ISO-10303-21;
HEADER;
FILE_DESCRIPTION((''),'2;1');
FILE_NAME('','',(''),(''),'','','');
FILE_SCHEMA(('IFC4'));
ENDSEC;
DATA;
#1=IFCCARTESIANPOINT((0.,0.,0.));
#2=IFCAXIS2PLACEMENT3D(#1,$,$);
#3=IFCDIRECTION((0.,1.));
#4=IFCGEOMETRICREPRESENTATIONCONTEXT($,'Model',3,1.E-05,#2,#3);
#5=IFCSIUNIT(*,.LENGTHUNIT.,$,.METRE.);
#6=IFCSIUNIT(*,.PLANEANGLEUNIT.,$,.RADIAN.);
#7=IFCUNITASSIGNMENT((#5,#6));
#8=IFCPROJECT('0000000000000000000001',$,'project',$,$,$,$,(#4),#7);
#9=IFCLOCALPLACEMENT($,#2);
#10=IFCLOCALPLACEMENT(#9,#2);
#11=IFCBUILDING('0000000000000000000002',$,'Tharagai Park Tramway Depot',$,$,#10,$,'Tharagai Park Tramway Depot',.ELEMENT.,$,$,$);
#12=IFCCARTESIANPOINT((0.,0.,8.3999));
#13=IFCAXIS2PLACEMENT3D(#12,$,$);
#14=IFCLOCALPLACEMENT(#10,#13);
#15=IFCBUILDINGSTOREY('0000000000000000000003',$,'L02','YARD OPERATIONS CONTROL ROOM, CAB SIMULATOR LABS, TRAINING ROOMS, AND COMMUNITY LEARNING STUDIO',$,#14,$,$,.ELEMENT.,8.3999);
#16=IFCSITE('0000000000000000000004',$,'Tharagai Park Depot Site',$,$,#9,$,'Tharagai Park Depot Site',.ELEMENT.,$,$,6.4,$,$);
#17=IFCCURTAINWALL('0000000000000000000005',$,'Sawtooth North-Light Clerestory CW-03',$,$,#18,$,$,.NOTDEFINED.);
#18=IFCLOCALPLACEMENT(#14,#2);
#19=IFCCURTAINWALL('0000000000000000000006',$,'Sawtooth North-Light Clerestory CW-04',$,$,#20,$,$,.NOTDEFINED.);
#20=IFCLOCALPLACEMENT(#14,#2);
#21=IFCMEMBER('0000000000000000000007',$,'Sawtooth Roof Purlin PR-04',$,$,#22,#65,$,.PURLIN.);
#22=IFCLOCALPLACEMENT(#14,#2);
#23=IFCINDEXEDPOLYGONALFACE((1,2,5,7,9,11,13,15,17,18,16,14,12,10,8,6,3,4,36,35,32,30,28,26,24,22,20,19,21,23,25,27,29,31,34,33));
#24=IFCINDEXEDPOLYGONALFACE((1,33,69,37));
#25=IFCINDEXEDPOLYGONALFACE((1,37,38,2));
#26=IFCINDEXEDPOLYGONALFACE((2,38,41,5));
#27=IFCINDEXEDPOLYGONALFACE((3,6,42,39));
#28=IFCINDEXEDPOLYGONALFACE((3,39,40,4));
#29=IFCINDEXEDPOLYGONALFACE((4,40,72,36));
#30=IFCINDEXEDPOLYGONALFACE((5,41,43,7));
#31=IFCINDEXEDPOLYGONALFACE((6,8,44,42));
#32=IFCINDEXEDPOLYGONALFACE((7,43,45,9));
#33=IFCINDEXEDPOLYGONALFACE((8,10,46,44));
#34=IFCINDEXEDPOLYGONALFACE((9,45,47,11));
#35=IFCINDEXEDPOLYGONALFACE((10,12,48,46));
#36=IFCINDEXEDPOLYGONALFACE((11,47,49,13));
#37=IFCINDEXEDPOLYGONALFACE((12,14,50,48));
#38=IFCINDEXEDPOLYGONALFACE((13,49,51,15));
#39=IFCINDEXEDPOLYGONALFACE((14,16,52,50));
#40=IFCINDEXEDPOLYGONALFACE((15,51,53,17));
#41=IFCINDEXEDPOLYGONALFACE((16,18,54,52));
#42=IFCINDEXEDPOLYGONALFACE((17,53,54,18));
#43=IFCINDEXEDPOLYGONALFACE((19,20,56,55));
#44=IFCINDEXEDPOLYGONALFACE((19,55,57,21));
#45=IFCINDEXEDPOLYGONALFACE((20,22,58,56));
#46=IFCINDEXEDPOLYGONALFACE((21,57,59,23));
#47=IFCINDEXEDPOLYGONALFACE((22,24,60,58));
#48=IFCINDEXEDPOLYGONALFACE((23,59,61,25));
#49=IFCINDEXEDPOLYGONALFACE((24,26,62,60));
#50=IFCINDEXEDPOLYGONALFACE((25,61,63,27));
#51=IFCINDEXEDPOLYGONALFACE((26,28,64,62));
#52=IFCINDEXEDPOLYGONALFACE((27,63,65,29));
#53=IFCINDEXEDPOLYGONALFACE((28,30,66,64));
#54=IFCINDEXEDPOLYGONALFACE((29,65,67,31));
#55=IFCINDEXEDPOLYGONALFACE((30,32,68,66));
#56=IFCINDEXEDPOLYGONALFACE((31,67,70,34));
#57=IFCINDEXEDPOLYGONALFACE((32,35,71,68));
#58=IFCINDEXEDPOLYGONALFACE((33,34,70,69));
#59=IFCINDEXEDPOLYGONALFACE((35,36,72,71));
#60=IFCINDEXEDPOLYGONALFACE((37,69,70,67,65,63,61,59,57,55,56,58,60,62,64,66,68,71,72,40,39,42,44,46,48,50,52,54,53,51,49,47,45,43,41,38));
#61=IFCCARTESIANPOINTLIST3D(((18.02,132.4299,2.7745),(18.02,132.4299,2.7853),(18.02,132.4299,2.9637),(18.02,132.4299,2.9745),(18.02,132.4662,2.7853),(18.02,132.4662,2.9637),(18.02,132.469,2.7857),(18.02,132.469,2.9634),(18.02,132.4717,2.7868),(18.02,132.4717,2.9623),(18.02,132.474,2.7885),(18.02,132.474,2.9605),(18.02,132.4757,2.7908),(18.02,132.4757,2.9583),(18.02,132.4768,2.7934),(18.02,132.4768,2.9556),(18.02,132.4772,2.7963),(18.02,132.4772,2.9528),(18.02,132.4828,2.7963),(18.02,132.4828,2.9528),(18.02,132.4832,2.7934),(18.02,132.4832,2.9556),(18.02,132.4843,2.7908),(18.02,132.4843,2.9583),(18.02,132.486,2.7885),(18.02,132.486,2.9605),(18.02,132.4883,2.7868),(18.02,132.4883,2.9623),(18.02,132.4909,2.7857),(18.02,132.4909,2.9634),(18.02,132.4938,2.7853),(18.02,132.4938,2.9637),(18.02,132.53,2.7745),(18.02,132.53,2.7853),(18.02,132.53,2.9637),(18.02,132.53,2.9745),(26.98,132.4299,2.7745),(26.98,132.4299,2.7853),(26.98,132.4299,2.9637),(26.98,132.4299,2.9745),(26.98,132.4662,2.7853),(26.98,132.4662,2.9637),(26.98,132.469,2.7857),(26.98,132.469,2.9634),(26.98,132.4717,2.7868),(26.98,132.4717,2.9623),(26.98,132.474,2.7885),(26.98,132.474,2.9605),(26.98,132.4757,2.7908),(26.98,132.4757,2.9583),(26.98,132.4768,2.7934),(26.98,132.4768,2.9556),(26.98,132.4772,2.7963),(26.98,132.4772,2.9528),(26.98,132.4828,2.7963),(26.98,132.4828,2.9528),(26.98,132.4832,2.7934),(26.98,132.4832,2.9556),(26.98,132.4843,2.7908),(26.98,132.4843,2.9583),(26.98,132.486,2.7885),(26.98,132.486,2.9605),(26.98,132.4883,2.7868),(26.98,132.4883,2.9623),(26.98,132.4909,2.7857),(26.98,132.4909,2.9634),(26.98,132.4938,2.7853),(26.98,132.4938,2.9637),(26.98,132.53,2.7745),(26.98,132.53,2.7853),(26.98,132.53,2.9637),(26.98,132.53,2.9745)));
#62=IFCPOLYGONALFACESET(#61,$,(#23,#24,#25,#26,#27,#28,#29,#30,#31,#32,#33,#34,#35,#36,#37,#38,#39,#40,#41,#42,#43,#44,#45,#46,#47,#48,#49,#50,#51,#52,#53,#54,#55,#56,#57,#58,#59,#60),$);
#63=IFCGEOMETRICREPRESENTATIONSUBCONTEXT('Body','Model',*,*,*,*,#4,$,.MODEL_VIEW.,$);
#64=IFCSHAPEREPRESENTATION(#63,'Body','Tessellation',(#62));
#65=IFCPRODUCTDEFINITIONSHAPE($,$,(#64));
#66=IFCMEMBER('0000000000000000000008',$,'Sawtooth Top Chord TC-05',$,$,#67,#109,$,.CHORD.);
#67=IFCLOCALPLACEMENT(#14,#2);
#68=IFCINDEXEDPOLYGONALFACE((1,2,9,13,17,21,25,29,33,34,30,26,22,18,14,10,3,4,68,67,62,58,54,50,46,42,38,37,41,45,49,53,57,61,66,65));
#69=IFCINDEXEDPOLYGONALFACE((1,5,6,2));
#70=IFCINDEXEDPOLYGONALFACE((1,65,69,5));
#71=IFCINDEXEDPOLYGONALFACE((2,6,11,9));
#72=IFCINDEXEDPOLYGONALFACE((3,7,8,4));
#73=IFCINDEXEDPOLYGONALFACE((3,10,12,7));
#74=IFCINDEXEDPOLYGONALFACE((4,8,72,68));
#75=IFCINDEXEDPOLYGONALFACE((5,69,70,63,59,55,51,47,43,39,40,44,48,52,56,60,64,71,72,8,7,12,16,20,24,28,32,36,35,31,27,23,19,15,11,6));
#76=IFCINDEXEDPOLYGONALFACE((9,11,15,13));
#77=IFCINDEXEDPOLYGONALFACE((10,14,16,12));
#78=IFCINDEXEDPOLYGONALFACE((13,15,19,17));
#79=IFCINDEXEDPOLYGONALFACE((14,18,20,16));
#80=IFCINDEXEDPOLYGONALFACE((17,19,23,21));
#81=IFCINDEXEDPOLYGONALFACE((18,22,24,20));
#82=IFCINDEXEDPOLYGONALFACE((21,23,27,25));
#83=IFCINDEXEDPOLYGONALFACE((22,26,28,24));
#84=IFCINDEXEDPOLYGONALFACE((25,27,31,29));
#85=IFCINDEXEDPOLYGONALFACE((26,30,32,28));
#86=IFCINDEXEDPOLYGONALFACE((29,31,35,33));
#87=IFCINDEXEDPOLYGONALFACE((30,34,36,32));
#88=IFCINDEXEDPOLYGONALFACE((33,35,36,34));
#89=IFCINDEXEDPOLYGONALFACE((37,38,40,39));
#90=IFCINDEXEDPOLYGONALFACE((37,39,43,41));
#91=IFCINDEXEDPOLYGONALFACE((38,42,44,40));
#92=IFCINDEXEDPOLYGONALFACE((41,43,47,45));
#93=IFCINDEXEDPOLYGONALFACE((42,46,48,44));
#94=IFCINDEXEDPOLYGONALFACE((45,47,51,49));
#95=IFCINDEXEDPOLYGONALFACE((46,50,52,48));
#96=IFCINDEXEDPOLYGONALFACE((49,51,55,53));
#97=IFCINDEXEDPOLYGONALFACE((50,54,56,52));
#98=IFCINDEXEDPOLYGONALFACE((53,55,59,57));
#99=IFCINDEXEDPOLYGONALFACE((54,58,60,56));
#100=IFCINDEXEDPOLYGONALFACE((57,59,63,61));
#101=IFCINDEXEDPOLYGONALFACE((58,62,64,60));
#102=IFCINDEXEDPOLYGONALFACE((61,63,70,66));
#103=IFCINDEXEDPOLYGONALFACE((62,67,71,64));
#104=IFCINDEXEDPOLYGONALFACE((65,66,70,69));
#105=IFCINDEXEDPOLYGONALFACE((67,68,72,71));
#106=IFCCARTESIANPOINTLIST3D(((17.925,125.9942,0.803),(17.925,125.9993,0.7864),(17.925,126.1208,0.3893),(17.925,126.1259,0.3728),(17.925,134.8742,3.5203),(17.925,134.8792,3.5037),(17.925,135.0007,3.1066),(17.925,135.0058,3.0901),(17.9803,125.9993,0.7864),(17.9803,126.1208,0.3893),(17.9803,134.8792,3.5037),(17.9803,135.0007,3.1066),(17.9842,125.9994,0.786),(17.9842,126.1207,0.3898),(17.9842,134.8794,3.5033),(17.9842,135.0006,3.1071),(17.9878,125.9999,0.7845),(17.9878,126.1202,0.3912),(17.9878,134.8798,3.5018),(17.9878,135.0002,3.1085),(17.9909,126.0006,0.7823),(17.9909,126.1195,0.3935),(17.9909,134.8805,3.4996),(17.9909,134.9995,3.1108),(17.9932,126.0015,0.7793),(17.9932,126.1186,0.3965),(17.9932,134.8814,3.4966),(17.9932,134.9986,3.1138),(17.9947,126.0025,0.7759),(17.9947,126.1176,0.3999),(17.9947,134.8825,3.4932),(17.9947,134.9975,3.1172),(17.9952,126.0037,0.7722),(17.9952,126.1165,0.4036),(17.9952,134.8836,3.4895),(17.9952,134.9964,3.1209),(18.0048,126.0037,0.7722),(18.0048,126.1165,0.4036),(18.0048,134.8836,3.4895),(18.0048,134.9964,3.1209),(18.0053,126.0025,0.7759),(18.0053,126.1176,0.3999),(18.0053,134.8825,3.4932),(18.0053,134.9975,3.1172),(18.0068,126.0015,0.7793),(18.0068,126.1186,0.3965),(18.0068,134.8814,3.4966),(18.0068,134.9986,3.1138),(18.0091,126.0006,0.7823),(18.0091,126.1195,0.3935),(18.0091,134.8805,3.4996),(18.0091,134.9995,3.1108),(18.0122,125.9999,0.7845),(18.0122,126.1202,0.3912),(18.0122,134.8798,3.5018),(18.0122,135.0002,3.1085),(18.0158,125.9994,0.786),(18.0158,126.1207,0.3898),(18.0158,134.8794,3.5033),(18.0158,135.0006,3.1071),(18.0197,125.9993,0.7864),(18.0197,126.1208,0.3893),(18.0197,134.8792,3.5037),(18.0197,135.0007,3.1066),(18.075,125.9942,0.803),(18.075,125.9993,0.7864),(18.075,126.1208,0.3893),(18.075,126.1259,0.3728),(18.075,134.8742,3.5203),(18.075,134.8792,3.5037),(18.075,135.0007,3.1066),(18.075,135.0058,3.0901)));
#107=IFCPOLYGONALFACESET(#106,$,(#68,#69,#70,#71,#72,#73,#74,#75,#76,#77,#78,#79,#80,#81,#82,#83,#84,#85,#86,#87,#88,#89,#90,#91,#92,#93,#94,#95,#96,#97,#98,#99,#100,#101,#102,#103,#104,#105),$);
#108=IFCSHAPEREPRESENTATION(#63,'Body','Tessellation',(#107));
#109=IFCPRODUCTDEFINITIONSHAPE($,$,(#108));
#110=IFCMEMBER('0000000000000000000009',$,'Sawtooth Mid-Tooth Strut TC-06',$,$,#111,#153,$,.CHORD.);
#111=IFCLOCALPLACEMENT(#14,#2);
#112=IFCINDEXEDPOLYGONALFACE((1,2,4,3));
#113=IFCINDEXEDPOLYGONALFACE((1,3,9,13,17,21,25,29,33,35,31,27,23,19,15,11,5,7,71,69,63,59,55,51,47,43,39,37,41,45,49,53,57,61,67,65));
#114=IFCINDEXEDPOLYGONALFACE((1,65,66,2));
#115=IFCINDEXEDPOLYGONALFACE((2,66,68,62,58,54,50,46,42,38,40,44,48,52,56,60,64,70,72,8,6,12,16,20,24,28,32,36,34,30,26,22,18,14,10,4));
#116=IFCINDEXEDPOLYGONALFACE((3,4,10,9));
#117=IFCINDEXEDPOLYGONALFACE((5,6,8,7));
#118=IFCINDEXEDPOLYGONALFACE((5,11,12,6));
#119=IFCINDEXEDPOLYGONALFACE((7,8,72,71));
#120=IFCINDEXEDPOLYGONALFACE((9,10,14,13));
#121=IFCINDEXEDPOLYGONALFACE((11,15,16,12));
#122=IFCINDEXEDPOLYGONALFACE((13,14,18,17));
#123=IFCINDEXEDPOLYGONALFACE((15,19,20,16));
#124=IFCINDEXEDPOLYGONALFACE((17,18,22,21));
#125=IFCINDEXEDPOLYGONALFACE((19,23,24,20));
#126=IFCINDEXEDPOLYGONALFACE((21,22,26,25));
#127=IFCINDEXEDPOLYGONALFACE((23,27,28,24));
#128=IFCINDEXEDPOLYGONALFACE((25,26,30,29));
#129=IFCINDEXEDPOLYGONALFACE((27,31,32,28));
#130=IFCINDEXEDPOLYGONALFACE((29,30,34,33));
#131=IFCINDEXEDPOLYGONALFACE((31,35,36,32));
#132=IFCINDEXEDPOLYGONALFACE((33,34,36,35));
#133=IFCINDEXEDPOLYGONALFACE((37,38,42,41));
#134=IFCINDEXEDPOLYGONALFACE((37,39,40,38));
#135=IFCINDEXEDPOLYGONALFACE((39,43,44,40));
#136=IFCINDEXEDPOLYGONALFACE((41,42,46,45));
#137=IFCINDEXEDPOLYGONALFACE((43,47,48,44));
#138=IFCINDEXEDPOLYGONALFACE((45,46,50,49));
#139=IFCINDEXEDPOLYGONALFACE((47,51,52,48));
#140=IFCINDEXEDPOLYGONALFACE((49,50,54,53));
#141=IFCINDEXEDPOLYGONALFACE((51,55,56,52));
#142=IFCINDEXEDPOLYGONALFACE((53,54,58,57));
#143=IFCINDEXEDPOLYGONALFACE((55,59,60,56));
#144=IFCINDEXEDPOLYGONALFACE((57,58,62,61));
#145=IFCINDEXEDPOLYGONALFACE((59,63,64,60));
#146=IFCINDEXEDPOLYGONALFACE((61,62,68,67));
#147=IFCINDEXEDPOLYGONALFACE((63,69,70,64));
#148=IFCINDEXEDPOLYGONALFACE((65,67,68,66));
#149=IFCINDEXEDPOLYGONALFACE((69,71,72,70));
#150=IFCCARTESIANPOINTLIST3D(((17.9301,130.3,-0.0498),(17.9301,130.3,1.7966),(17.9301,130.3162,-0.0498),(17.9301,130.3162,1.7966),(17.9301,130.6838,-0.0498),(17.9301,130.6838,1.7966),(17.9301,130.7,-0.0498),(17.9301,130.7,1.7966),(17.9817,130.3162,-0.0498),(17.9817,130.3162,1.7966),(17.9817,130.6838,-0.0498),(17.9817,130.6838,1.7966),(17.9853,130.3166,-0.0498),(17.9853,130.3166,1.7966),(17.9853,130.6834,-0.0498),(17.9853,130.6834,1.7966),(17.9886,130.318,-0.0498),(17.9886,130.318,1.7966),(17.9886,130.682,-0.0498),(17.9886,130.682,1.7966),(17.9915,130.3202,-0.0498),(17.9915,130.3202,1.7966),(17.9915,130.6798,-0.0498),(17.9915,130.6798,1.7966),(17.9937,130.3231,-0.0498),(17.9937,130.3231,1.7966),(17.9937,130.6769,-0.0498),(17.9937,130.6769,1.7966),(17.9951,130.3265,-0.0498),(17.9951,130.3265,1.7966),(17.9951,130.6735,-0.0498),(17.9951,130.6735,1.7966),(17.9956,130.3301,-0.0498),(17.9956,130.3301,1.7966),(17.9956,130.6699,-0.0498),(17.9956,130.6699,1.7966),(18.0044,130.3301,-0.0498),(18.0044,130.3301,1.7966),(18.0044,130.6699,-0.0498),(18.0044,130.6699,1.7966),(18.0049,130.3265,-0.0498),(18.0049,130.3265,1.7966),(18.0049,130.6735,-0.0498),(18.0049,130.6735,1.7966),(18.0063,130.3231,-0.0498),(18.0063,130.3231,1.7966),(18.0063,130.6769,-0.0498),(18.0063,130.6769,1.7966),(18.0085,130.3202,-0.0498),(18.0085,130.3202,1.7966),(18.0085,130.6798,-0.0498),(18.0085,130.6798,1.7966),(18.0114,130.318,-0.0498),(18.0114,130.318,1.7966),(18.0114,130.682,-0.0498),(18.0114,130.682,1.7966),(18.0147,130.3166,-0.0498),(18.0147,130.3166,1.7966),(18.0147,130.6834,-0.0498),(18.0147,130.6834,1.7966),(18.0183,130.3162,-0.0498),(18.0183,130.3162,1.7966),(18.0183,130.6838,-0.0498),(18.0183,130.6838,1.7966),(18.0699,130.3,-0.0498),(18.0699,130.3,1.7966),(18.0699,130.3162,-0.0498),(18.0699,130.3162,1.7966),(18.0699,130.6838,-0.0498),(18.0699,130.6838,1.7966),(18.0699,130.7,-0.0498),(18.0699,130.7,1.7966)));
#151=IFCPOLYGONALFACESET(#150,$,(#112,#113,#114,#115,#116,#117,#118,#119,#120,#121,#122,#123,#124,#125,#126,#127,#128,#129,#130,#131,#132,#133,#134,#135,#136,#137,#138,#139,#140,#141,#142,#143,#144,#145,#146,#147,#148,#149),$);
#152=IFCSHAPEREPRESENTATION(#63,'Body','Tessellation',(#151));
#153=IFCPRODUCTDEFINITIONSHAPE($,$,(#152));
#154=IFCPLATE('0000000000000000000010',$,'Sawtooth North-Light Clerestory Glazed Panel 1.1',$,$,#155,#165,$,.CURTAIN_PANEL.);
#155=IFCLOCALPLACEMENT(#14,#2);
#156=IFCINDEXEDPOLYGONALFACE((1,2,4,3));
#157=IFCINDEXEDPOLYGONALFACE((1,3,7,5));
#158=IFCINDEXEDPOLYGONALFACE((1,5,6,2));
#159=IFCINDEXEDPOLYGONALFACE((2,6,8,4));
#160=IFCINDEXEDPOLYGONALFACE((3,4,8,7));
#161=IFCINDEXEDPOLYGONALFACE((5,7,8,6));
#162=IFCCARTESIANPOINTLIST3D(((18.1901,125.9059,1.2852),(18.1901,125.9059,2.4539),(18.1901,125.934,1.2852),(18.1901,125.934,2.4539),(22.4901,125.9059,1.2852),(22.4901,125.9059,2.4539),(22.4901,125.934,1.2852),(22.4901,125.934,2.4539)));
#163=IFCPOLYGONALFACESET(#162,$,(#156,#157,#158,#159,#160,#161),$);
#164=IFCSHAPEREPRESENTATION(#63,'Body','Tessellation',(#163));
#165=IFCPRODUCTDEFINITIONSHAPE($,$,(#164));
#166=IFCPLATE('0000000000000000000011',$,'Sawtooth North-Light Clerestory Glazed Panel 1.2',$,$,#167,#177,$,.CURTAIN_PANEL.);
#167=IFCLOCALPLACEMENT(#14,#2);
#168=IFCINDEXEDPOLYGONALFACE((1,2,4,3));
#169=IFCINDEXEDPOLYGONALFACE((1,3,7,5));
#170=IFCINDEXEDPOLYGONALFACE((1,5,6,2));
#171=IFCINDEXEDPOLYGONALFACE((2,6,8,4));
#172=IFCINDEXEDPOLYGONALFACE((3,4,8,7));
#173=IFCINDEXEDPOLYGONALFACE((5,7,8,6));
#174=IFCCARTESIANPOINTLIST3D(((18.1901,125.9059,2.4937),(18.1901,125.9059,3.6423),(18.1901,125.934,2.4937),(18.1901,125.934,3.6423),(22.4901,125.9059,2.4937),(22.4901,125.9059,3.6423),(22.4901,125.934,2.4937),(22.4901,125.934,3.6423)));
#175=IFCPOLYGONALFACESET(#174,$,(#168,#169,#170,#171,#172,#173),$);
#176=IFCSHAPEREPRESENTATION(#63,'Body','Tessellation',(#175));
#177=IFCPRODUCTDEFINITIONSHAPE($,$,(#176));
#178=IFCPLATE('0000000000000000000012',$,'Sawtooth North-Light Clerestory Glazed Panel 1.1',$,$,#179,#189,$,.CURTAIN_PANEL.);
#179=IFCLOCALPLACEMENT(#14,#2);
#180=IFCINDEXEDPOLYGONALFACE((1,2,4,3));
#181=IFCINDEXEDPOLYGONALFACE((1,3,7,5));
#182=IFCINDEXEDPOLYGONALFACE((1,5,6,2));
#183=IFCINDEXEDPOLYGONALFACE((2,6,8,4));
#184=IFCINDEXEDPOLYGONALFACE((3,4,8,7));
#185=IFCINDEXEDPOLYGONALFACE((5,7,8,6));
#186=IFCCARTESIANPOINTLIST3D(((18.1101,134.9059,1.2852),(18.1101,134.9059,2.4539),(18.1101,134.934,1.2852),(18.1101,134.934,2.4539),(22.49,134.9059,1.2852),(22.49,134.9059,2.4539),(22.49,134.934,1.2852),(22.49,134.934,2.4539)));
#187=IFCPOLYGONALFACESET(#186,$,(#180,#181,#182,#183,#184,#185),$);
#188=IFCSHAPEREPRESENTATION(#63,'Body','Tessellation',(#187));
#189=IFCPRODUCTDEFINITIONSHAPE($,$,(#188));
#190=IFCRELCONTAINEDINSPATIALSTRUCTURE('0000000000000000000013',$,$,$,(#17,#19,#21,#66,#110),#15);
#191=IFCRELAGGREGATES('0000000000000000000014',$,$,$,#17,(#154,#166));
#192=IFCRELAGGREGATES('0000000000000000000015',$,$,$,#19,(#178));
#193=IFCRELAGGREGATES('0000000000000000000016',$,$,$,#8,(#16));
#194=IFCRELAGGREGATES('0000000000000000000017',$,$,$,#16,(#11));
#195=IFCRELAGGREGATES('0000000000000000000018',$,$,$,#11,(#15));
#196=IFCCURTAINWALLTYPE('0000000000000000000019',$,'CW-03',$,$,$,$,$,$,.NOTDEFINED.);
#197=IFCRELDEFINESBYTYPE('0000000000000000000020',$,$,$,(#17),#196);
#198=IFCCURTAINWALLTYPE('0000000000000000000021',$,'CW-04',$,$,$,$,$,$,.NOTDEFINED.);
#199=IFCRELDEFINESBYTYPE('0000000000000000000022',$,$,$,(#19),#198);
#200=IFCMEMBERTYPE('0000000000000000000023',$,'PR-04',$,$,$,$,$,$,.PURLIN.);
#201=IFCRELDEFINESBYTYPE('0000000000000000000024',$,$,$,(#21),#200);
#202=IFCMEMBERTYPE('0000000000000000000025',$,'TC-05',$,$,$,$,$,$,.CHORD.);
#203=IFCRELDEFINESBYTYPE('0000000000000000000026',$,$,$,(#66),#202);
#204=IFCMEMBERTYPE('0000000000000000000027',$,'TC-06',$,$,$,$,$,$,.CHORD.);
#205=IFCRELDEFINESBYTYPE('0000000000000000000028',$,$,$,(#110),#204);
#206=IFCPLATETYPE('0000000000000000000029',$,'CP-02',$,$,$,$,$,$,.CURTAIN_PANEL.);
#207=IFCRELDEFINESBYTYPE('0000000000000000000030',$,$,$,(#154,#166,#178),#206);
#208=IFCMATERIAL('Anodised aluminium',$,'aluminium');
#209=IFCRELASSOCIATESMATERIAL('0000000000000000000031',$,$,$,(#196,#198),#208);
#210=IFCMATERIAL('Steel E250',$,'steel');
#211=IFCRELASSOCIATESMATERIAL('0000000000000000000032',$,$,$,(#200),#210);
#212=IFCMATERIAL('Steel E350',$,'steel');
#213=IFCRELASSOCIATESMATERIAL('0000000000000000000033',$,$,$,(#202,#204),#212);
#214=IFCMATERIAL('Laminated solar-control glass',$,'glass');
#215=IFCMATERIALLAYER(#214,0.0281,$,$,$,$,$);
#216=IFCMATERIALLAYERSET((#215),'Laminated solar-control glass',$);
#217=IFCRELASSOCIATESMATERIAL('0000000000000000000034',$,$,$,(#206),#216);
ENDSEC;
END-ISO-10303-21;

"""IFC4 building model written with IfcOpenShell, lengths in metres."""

from ifc_helpers import new_model, si_unit, direction, frame, origin, origin_2d, place, context, subcontext, project, spatial, rectangle, i_section, extrude, material, layer, layer_set, material_profile, profile_set, type_object, element, aggregate, save


model = new_model("IFC4")

# Units and contexts
model_context = context("Model", 3, precision=1e-05, world=origin(), true_north=direction((0.0, 1.0)))
body_context = subcontext(model_context, "Body", "Model", "MODEL_VIEW")
ifc_project = project(units=[si_unit("LENGTHUNIT", "METRE"), si_unit("PLANEANGLEUNIT", "RADIAN")], contexts=[model_context])

# Site, building, storey
site_placement = place(None, origin())
site = spatial("IfcSite", under=ifc_project, at=site_placement, Name="Tharagai Park Depot Site", LongName="Tharagai Park Depot Site", CompositionType="ELEMENT", RefElevation=6.4)
building_placement = place(site_placement, origin())
building = spatial("IfcBuilding", under=site, at=building_placement, Name="Tharagai Park Tramway Depot", LongName="Tharagai Park Tramway Depot", CompositionType="ELEMENT")
storey_placement = place(building_placement, frame((0.0, 0.0, 8.3999)))
storey = spatial("IfcBuildingStorey", under=building, at=storey_placement, Name="L02", Description="YARD OPERATIONS CONTROL ROOM, CAB SIMULATOR LABS, TRAINING ROOMS, AND COMMUNITY LEARNING STUDIO", CompositionType="ELEMENT", Elevation=8.3999)

# Shared definitions
ifc_material_1 = material(Name="Steel E350", Category="steel")

# Curtain walls
ifc_material_2 = material(Name="Anodised aluminium", Category="aluminium")
curtain_wall_type_1 = type_object("IfcCurtainWallType", Name="CW-03", PredefinedType="NOTDEFINED", material=ifc_material_2)
curtain_wall_1_placement = place(storey_placement, origin())
curtain_wall_1 = element("IfcCurtainWall", 1, at=curtain_wall_1_placement, inside=storey, type_object=curtain_wall_type_1, Name="Sawtooth North-Light Clerestory CW-03", PredefinedType="NOTDEFINED")
curtain_wall_type_2 = type_object("IfcCurtainWallType", Name="CW-04", PredefinedType="NOTDEFINED", material=ifc_material_2)
curtain_wall_2_placement = place(storey_placement, origin())
curtain_wall_2 = element("IfcCurtainWall", 2, at=curtain_wall_2_placement, inside=storey, type_object=curtain_wall_type_2, Name="Sawtooth North-Light Clerestory CW-04", PredefinedType="NOTDEFINED")

# Members
ifc_material_3 = material(Name="Steel E250", Category="steel")
ifc_material_profile_1 = material_profile(ifc_material_3, i_section(OverallWidth=0.1001, OverallDepth=0.2, WebThickness=0.0056, FlangeThickness=0.0107, FilletRadius=0.011, at=origin_2d()), Name="ISMB 200")
ifc_profile_set_1 = profile_set([ifc_material_profile_1], Name="Steel E250")
member_type_1 = type_object("IfcMemberType", Name="PR-04", PredefinedType="PURLIN", material=ifc_profile_set_1)
for number, where, z_axis, x_axis, name in (
    (3, (18.02, 132.48, 2.8745), (1.0, 0.0, 0.0), (0.0, 1.0, 0.0), "Sawtooth Roof Purlin PR-04"),
):
    element("IfcMember", number, at=place(storey_placement, frame(where, z_axis=z_axis, x_axis=x_axis)), inside=storey, type_object=member_type_1, Name=name, PredefinedType="PURLIN", context=body_context, shape_type="SweptSolid", body=[
        extrude(i_section(OverallWidth=0.1001, OverallDepth=0.2, WebThickness=0.0056, FlangeThickness=0.0107, FilletRadius=0.011, at=origin_2d()), origin(), (0.0, 0.0, 1.0), 8.96),
    ])
ifc_material_profile_2 = material_profile(ifc_material_1, i_section(OverallWidth=0.1499, OverallDepth=0.45, WebThickness=0.0095, FlangeThickness=0.0173, FilletRadius=0.0149, at=origin_2d()), Name="ISMB 450")
ifc_profile_set_2 = profile_set([ifc_material_profile_2], Name="Steel E350")
member_type_2 = type_object("IfcMemberType", Name="TC-05", PredefinedType="CHORD", material=ifc_profile_set_2)
member_1_placement = place(storey_placement, frame((18.0, 126.0601, 0.5879), z_axis=(0.0, 0.956231, 0.292611), x_axis=(-1.0, 0.0, 0.0)))
element("IfcMember", 4, at=member_1_placement, inside=storey, type_object=member_type_2, Name="Sawtooth Top Chord TC-05", PredefinedType="CHORD", context=body_context, shape_type="SweptSolid", body=[
    extrude(i_section(OverallWidth=0.1499, OverallDepth=0.45, WebThickness=0.0095, FlangeThickness=0.0173, FilletRadius=0.0149, at=origin_2d()), origin(), (0.0, 0.0, 1.0), 9.2864),
])
ifc_material_profile_3 = material_profile(ifc_material_1, i_section(OverallWidth=0.1399, OverallDepth=0.3999, WebThickness=0.0088, FlangeThickness=0.0161, FilletRadius=0.0139, at=origin_2d()), Name="ISMB 400")
ifc_profile_set_3 = profile_set([ifc_material_profile_3], Name="Steel E350")
member_type_3 = type_object("IfcMemberType", Name="TC-06", PredefinedType="CHORD", material=ifc_profile_set_3)
member_2_placement = place(storey_placement, frame((18.0, 130.5, -0.0498), z_axis=(0.0, 0.0, 1.0), x_axis=(1.0, 0.0, 0.0)))
element("IfcMember", 5, at=member_2_placement, inside=storey, type_object=member_type_3, Name="Sawtooth Mid-Tooth Strut TC-06", PredefinedType="CHORD", context=body_context, shape_type="SweptSolid", body=[
    extrude(i_section(OverallWidth=0.1399, OverallDepth=0.3999, WebThickness=0.0088, FlangeThickness=0.0161, FilletRadius=0.0139, at=origin_2d()), origin(), (0.0, 0.0, 1.0), 1.8464),
])

# Plates
ifc_material_4 = material(Name="Laminated solar-control glass", Category="glass")
ifc_layer = layer(ifc_material_4, 0.0281)
ifc_layer_set = layer_set([ifc_layer], Name="Laminated solar-control glass")
plate_type = type_object("IfcPlateType", Name="CP-02", PredefinedType="CURTAIN_PANEL", material=ifc_layer_set)
plate_1_placement = place(storey_placement, frame((20.3401, 125.9199, 1.2852), z_axis=(0.0, 0.0, 1.0), x_axis=(1.0, 0.0, 0.0)))
plate_1 = element("IfcPlate", 6, at=plate_1_placement, type_object=plate_type, Name="Sawtooth North-Light Clerestory Glazed Panel 1.1", PredefinedType="CURTAIN_PANEL", context=body_context, shape_type="SweptSolid", body=[
    extrude(rectangle(XDim=4.3, YDim=0.0281, at=origin_2d()), origin(), (0.0, 0.0, 1.0), 1.1687),
])
plate_2_placement = place(storey_placement, frame((20.3401, 125.9199, 2.4937), z_axis=(0.0, 0.0, 1.0), x_axis=(1.0, 0.0, 0.0)))
plate_2 = element("IfcPlate", 7, at=plate_2_placement, type_object=plate_type, Name="Sawtooth North-Light Clerestory Glazed Panel 1.2", PredefinedType="CURTAIN_PANEL", context=body_context, shape_type="SweptSolid", body=[
    extrude(rectangle(XDim=4.3, YDim=0.0281, at=origin_2d()), origin(), (0.0, 0.0, 1.0), 1.1487),
])
aggregate(curtain_wall_1, [plate_1, plate_2])
plate_3_placement = place(storey_placement, frame((20.3, 134.9199, 1.2852), z_axis=(0.0, 0.0, 1.0), x_axis=(1.0, 0.0, 0.0)))
plate_3 = element("IfcPlate", 8, at=plate_3_placement, type_object=plate_type, Name="Sawtooth North-Light Clerestory Glazed Panel 1.1", PredefinedType="CURTAIN_PANEL", context=body_context, shape_type="SweptSolid", body=[
    extrude(rectangle(XDim=4.3799, YDim=0.0281, at=origin_2d()), origin(), (0.0, 0.0, 1.0), 1.1687),
])
aggregate(curtain_wall_2, [plate_3])

save(model, "model.ifc")
